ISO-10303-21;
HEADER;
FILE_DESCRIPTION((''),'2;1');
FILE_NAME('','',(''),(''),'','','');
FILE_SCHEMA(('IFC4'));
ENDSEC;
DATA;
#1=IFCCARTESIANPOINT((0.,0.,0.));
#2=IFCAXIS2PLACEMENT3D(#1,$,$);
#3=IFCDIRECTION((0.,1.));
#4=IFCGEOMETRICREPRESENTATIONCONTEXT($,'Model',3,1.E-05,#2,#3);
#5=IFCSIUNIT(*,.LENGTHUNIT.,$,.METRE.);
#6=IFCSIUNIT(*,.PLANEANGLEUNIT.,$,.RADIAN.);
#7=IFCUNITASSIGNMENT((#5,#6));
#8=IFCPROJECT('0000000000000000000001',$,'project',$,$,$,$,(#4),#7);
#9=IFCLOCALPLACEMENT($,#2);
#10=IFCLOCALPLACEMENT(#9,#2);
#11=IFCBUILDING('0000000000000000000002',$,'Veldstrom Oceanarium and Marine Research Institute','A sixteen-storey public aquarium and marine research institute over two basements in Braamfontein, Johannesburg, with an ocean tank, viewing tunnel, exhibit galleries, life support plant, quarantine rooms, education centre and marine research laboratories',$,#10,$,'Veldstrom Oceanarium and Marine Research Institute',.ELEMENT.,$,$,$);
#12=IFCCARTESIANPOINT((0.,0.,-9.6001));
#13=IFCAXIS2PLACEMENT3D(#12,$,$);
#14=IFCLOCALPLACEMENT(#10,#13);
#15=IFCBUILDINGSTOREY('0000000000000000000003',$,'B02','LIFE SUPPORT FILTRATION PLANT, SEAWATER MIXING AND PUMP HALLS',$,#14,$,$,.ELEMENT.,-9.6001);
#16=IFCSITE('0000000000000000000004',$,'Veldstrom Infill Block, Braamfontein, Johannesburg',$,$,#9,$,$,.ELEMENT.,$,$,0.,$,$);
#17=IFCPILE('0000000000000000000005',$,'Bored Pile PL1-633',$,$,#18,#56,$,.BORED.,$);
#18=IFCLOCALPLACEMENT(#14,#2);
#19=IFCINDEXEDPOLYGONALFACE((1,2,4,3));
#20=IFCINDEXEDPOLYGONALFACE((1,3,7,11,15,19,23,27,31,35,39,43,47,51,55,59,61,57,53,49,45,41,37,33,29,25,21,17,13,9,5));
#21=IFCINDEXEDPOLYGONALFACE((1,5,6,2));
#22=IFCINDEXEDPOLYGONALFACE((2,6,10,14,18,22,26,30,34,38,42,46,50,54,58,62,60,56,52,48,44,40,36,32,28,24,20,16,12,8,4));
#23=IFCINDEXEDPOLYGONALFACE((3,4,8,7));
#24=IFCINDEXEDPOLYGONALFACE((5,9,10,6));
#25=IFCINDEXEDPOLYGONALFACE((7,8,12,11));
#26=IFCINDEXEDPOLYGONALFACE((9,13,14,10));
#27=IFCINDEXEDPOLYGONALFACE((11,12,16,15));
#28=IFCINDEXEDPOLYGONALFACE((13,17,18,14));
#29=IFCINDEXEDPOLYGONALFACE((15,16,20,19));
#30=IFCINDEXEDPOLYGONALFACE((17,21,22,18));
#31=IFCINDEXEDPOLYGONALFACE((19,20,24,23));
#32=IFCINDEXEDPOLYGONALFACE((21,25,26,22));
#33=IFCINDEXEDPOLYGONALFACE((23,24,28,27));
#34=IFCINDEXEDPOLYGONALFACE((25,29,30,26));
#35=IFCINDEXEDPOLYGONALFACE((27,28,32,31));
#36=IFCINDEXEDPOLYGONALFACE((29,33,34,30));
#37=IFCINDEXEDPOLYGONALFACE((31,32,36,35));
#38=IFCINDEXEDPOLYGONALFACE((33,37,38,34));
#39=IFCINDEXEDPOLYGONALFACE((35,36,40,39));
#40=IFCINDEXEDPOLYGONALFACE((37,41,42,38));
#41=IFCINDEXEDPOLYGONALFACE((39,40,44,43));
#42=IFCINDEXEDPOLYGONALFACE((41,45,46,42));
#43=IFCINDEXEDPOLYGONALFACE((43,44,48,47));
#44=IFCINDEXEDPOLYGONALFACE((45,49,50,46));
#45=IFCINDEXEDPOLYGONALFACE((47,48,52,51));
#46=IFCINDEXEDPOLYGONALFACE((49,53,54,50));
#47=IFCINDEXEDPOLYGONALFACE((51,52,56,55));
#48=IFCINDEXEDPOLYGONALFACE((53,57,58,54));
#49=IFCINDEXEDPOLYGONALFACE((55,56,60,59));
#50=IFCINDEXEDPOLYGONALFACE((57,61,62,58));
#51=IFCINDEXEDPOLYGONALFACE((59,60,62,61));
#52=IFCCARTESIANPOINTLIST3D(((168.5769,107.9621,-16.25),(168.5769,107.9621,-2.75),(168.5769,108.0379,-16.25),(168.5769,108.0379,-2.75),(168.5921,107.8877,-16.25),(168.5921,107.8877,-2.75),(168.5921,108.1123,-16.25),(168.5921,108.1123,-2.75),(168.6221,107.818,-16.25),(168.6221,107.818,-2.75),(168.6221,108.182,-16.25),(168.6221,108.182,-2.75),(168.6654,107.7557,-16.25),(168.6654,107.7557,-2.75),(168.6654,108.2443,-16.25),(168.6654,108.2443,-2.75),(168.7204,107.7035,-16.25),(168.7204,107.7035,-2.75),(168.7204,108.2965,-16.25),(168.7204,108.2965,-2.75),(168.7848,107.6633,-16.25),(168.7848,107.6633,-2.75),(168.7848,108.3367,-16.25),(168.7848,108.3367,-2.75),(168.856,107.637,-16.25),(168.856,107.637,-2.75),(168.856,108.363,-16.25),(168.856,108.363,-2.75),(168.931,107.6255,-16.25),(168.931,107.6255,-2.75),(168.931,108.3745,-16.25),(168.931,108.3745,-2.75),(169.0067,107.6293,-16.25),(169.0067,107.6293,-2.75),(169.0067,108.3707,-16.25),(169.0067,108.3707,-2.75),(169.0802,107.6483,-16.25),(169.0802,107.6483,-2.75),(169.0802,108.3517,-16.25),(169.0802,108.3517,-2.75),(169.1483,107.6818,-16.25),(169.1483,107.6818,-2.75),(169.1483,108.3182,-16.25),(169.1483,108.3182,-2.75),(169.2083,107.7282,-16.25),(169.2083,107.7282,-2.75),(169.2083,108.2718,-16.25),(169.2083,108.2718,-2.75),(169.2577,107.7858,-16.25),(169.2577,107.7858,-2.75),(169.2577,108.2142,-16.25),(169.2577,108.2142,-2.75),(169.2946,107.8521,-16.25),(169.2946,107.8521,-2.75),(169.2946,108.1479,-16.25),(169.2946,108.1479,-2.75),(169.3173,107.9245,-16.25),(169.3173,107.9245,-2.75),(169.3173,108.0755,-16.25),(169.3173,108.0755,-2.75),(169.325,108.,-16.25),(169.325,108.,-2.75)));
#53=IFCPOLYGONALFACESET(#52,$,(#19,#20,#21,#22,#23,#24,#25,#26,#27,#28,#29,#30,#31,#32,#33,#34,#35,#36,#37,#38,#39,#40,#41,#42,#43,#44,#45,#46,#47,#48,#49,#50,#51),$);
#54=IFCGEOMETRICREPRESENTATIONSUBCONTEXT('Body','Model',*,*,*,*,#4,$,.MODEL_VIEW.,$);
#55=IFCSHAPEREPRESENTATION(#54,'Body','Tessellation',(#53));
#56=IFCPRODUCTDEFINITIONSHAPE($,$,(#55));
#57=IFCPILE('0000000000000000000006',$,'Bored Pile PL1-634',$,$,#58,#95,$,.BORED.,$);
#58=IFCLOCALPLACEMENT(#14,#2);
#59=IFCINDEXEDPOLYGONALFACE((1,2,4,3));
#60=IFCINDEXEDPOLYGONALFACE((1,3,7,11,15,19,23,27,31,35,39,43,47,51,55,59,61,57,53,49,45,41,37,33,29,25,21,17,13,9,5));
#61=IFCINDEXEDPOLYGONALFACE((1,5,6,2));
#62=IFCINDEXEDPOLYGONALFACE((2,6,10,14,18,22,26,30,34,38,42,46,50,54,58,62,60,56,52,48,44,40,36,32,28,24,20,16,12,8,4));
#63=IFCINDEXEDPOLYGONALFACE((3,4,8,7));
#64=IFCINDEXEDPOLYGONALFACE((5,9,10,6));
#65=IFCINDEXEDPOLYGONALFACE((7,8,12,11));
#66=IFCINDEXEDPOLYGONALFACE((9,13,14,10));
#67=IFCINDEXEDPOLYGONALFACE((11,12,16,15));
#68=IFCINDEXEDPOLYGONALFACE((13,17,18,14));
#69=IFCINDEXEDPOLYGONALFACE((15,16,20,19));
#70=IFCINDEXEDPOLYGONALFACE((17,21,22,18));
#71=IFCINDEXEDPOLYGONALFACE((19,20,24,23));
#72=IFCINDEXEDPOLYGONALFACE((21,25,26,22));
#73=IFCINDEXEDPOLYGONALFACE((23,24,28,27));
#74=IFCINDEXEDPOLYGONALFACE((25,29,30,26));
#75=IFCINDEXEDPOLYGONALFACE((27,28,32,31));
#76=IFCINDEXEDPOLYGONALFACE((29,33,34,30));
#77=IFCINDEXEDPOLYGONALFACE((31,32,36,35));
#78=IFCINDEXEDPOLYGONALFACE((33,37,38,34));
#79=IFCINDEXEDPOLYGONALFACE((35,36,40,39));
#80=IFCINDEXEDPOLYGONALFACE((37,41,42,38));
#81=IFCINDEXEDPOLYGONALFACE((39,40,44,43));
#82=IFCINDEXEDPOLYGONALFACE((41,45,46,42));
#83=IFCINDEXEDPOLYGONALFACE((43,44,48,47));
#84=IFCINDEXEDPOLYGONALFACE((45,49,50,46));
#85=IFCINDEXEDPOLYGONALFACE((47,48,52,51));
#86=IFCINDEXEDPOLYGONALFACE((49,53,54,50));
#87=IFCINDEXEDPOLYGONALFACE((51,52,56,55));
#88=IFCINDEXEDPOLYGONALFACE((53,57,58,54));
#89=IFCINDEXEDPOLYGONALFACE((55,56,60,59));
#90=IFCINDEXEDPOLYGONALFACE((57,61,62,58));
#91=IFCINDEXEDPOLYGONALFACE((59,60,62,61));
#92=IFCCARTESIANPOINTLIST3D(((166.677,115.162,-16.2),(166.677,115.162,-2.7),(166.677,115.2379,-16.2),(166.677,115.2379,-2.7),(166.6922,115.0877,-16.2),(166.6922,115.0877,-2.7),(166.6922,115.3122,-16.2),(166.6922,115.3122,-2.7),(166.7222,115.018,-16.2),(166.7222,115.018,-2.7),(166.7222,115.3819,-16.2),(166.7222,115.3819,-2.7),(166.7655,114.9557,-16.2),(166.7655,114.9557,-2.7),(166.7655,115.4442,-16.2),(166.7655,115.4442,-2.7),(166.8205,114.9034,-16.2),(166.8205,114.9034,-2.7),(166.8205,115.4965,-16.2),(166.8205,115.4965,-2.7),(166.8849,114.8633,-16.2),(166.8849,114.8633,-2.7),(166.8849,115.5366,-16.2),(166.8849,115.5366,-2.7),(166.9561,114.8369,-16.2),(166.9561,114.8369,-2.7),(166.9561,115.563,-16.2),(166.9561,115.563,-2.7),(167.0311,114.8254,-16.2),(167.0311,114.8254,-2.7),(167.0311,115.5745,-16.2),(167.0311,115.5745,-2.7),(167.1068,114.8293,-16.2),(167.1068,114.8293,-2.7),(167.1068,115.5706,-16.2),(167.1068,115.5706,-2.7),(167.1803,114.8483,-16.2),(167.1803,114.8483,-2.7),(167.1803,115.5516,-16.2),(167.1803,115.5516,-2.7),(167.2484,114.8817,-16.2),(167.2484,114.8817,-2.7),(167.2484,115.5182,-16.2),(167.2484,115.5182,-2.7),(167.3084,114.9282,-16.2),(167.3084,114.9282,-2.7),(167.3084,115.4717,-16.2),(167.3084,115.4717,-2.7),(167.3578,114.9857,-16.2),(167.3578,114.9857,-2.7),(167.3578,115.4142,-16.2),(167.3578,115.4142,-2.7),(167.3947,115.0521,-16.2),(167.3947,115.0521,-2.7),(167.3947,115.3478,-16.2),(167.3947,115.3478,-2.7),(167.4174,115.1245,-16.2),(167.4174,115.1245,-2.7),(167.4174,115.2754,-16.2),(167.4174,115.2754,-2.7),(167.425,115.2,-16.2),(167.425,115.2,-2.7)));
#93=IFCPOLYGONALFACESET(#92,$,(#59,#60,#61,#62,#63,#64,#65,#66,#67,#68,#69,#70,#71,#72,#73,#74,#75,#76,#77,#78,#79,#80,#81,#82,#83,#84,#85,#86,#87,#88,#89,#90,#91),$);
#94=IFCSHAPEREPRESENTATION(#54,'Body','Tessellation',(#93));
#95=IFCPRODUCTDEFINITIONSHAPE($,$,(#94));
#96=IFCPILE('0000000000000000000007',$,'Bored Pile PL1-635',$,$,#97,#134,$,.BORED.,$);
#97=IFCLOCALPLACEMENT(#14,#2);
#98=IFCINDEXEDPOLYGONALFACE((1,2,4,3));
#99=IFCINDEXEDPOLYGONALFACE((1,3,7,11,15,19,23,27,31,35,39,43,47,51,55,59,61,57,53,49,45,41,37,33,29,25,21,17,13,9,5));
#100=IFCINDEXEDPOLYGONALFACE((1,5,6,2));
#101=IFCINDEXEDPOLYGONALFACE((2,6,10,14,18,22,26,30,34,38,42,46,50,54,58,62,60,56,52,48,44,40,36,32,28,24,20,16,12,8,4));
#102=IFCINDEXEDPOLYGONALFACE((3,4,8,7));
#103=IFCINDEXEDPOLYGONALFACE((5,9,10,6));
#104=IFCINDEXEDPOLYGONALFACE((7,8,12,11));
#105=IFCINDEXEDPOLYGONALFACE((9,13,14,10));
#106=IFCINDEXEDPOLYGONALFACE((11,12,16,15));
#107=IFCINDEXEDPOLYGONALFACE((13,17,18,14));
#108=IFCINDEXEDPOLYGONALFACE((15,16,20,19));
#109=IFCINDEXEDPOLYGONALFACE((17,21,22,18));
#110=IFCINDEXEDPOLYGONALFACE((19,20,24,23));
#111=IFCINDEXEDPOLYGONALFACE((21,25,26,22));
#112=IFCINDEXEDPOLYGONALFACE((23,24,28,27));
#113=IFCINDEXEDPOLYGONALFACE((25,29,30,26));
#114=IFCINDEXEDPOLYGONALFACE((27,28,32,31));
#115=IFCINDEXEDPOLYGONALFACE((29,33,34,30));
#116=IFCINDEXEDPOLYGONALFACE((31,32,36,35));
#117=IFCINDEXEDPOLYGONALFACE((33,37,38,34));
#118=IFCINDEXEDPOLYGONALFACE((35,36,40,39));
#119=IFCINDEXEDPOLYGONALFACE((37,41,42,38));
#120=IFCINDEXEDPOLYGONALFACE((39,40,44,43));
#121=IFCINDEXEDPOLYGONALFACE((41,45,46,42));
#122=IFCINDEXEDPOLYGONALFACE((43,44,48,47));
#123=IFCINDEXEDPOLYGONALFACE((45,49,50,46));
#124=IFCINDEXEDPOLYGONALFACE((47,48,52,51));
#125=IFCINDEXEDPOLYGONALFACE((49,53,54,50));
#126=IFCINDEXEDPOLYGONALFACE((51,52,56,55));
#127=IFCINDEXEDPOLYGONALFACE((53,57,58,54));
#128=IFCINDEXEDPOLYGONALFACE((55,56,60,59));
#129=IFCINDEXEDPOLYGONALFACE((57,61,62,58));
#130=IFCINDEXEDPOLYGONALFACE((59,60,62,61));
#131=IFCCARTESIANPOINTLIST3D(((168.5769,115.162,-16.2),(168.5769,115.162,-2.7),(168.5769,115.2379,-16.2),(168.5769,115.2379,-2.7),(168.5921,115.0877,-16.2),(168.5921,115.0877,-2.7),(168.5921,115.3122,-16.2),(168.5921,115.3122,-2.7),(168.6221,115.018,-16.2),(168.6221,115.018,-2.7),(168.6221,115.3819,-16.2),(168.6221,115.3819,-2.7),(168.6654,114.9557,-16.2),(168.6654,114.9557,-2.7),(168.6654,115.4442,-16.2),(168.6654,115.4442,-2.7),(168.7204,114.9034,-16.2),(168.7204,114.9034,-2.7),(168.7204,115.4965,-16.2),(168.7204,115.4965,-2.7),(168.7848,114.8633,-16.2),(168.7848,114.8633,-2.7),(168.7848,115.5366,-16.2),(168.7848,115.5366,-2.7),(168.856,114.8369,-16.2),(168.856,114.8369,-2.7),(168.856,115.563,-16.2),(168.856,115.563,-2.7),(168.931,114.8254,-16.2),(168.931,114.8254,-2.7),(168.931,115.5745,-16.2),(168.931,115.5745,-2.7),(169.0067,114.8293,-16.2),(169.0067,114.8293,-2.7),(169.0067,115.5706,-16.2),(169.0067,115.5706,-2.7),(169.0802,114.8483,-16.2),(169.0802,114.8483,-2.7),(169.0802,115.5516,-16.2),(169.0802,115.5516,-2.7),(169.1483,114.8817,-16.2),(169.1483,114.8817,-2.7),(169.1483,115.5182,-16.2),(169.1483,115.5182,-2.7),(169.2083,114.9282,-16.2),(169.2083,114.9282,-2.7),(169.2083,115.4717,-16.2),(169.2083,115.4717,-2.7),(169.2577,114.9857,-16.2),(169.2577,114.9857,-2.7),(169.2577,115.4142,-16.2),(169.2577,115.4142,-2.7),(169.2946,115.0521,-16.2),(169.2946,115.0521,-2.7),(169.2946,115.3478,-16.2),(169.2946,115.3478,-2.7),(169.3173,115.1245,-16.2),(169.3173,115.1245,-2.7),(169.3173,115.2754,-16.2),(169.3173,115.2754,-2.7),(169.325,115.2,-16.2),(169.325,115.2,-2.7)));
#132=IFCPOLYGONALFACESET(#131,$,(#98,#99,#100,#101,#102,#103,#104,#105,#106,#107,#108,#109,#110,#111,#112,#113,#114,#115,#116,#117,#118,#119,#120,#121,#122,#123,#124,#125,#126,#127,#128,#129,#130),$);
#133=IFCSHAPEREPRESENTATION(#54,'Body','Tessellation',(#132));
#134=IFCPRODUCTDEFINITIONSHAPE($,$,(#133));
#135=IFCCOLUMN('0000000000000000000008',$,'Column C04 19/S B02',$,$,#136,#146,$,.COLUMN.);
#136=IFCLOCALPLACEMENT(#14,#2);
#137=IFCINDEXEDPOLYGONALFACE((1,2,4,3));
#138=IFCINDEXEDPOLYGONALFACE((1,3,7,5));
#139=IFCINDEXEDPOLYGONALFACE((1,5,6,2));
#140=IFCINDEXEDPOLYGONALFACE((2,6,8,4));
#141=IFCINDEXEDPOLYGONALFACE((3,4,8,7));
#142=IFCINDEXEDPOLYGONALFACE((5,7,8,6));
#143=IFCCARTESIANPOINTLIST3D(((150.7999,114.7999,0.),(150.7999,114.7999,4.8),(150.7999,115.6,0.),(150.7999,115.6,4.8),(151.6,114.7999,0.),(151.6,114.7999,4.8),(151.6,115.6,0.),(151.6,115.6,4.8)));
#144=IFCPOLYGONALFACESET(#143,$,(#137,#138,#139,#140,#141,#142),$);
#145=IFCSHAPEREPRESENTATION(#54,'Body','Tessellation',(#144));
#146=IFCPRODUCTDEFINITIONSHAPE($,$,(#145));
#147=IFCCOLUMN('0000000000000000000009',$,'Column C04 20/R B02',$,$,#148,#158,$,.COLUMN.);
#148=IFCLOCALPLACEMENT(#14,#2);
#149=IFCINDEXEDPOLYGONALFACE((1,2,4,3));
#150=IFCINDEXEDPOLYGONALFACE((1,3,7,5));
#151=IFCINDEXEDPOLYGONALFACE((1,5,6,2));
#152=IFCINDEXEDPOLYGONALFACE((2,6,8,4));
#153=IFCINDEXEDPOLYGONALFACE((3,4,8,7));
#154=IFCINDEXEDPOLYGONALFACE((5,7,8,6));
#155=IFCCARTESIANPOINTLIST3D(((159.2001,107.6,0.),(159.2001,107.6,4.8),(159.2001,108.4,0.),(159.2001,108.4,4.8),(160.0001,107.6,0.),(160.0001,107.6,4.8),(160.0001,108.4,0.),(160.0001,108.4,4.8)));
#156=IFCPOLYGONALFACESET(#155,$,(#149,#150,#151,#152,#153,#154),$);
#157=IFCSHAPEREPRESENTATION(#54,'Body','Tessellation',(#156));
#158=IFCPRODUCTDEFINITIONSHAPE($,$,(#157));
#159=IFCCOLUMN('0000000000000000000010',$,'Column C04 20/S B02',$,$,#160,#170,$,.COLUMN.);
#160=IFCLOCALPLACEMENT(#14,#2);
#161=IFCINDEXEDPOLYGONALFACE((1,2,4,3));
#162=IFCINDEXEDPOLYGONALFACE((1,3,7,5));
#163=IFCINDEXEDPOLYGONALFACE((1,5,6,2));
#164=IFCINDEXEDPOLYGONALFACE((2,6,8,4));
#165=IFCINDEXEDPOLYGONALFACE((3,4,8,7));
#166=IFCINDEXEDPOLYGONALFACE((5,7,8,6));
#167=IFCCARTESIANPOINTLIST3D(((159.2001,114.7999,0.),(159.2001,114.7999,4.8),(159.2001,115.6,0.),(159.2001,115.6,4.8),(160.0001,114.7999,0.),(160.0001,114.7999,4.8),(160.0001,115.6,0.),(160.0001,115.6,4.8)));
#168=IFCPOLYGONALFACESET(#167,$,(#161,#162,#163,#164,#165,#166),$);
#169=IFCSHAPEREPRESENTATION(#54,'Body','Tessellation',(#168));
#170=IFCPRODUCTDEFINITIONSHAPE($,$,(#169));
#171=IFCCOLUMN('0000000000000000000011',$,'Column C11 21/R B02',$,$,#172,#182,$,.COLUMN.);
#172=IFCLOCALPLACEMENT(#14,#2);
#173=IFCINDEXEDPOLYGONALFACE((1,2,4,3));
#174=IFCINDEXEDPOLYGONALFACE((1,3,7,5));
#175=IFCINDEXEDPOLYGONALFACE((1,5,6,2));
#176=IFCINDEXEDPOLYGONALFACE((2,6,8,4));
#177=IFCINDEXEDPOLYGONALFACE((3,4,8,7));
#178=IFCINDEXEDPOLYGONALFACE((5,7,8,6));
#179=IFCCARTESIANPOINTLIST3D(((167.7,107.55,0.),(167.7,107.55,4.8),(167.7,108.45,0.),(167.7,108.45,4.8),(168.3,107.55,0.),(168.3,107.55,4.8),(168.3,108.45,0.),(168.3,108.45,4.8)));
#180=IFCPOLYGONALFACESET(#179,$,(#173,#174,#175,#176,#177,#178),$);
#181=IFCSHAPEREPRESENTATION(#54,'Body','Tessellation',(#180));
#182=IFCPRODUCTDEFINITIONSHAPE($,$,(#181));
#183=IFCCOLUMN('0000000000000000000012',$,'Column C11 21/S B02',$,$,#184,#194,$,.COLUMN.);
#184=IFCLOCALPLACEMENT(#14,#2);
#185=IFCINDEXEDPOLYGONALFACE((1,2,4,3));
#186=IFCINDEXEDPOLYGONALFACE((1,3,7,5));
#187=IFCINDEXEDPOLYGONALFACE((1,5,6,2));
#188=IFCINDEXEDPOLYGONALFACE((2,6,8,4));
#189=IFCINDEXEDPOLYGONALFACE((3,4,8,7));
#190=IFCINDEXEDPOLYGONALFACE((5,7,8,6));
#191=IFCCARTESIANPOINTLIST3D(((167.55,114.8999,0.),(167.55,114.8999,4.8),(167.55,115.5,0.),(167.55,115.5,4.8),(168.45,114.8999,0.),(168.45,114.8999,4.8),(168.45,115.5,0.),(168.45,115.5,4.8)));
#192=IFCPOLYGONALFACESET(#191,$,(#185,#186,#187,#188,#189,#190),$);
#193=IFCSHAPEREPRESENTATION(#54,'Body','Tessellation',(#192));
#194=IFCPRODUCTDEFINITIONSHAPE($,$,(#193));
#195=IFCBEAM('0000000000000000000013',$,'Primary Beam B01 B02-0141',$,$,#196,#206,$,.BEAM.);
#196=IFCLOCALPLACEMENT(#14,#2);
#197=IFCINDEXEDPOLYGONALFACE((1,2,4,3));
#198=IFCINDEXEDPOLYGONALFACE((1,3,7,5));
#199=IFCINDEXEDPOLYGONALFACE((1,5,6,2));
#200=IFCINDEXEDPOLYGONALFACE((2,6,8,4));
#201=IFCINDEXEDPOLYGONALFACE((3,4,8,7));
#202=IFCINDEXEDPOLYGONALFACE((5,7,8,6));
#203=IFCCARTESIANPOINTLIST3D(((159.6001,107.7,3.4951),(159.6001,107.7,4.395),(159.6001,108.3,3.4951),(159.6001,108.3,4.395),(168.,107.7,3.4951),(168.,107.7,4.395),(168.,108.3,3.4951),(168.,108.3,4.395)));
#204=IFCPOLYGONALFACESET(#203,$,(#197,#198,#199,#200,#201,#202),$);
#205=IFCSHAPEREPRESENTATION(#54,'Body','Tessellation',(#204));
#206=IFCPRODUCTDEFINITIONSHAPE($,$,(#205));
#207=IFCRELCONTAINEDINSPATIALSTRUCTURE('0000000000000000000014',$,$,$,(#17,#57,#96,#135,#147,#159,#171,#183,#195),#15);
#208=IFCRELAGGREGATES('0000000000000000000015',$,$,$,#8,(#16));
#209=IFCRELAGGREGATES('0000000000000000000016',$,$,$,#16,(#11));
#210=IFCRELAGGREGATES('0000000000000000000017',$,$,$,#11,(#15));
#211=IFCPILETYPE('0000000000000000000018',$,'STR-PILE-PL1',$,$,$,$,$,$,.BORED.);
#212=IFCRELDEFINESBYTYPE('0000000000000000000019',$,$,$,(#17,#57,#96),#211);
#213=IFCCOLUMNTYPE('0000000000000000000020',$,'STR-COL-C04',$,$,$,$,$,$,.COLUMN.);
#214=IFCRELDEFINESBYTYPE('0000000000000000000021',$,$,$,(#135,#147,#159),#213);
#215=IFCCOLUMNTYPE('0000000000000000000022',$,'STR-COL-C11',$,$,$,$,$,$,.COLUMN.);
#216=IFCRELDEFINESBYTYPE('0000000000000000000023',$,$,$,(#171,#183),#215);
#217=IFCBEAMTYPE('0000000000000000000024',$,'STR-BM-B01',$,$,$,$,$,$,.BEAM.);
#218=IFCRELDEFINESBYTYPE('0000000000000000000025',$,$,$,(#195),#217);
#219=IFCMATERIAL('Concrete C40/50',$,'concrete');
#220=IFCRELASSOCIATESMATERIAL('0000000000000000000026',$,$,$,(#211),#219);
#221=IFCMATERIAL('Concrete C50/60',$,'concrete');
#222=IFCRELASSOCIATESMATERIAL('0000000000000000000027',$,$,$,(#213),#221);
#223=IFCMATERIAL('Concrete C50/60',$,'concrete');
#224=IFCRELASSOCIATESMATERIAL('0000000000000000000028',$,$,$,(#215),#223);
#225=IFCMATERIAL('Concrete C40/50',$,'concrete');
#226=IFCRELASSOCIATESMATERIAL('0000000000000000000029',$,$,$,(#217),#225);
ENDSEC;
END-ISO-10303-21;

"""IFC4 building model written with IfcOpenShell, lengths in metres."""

from ifc_helpers import new_model, si_unit, direction, frame, origin, origin_2d, place, context, subcontext, project, spatial, rectangle, circle, extrude, material, material_profile, profile_set, type_object, element, save


model = new_model("IFC4")

# Units and contexts
model_context = context("Model", 3, precision=1e-05, world=origin(), true_north=direction((0.0, 1.0)))
body_context = subcontext(model_context, "Body", "Model", "MODEL_VIEW")
ifc_project = project(units=[si_unit("LENGTHUNIT", "METRE"), si_unit("PLANEANGLEUNIT", "RADIAN")], contexts=[model_context])

# Site, building, storey
site_placement = place(None, origin())
site = spatial("IfcSite", under=ifc_project, at=site_placement, Name="Veldstrom Infill Block, Braamfontein, Johannesburg", CompositionType="ELEMENT", RefElevation=0.0)
building_placement = place(site_placement, origin())
building = spatial("IfcBuilding", under=site, at=building_placement, Name="Veldstrom Oceanarium and Marine Research Institute", Description="A sixteen-storey public aquarium and marine research institute over two basements in Braamfontein, Johannesburg, with an ocean tank, viewing tunnel, exhibit galleries, life support plant, quarantine rooms, education centre and marine research laboratories", LongName="Veldstrom Oceanarium and Marine Research Institute", CompositionType="ELEMENT")
storey_placement = place(building_placement, frame((0.0, 0.0, -9.6001)))
storey = spatial("IfcBuildingStorey", under=building, at=storey_placement, Name="B02", Description="LIFE SUPPORT FILTRATION PLANT, SEAWATER MIXING AND PUMP HALLS", CompositionType="ELEMENT", Elevation=-9.6001)

# Piles
ifc_material_1 = material(Name="Concrete C40/50", Category="concrete")
ifc_material_profile_1 = material_profile(ifc_material_1, circle(Radius=0.375, at=origin_2d()), Name="PILE-D750")
ifc_profile_set_1 = profile_set([ifc_material_profile_1], Name="Concrete C40/50")
pile_type = type_object("IfcPileType", Name="STR-PILE-PL1", PredefinedType="BORED", material=ifc_profile_set_1)
for number, where, z_axis, x_axis, name in (
    (1, (168.95, 108.0, -2.75), (0.0, 0.0, -1.0), (1.0, 0.0, 0.0), "Bored Pile PL1-633"),
    (2, (167.05, 115.2, -2.7), (0.0, 0.0, -1.0), (1.0, 0.0, 0.0), "Bored Pile PL1-634"),
    (3, (168.95, 115.2, -2.7), (0.0, 0.0, -1.0), (1.0, 0.0, 0.0), "Bored Pile PL1-635"),
):
    element("IfcPile", number, at=place(storey_placement, frame(where, z_axis=z_axis, x_axis=x_axis)), inside=storey, type_object=pile_type, Name=name, PredefinedType="BORED", context=body_context, shape_type="SweptSolid", body=[
        extrude(circle(Radius=0.375, at=origin_2d()), origin(), (0.0, 0.0, 1.0), 13.5),
    ])

# Columns
ifc_material_2 = material(Name="Concrete C50/60", Category="concrete")
ifc_material_profile_2 = material_profile(ifc_material_2, rectangle(XDim=0.8, YDim=0.8, at=origin_2d()), Name="RC-COL-800x800")
ifc_profile_set_2 = profile_set([ifc_material_profile_2], Name="Concrete C50/60")
column_type_1 = type_object("IfcColumnType", Name="STR-COL-C04", PredefinedType="COLUMN", material=ifc_profile_set_2)
for number, where, z_axis, x_axis, name in (
    (4, (151.2, 115.2, 0.0), (0.0, 0.0, 1.0), (1.0, 0.0, 0.0), "Column C04 19/S B02"),
    (5, (159.6001, 108.0, 0.0), (0.0, 0.0, 1.0), (1.0, 0.0, 0.0), "Column C04 20/R B02"),
    (6, (159.6001, 115.2, 0.0), (0.0, 0.0, 1.0), (1.0, 0.0, 0.0), "Column C04 20/S B02"),
):
    element("IfcColumn", number, at=place(storey_placement, frame(where, z_axis=z_axis, x_axis=x_axis)), inside=storey, type_object=column_type_1, Name=name, PredefinedType="COLUMN", context=body_context, shape_type="SweptSolid", body=[
        extrude(rectangle(XDim=0.8, YDim=0.8, at=origin_2d()), origin(), (0.0, 0.0, 1.0), 4.8),
    ])
ifc_material_3 = material(Name="Concrete C50/60", Category="concrete")
ifc_material_profile_3 = material_profile(ifc_material_3, rectangle(XDim=0.6001, YDim=0.8999, at=origin_2d()), Name="RC-COL-900x600")
ifc_profile_set_3 = profile_set([ifc_material_profile_3], Name="Concrete C50/60")
column_type_2 = type_object("IfcColumnType", Name="STR-COL-C11", PredefinedType="COLUMN", material=ifc_profile_set_3)
for number, where, z_axis, x_axis, name in (
    (7, (168.0, 108.0, 0.0), (0.0, 0.0, 1.0), (1.0, 0.0, 0.0), "Column C11 21/R B02"),
    (8, (168.0, 115.2, 0.0), (0.0, 0.0, 1.0), (0.0, 1.0, 0.0), "Column C11 21/S B02"),
):
    element("IfcColumn", number, at=place(storey_placement, frame(where, z_axis=z_axis, x_axis=x_axis)), inside=storey, type_object=column_type_2, Name=name, PredefinedType="COLUMN", context=body_context, shape_type="SweptSolid", body=[
        extrude(rectangle(XDim=0.6001, YDim=0.8999, at=origin_2d()), origin(), (0.0, 0.0, 1.0), 4.8),
    ])

# Beam
ifc_material_4 = material(Name="Concrete C40/50", Category="concrete")
ifc_material_profile_4 = material_profile(ifc_material_4, rectangle(XDim=0.6001, YDim=0.8999, at=origin_2d()), Name="RC-BM-600x900")
ifc_profile_set_4 = profile_set([ifc_material_profile_4], Name="Concrete C40/50")
beam_type_1 = type_object("IfcBeamType", Name="STR-BM-B01", PredefinedType="BEAM", material=ifc_profile_set_4)
beam_1_placement = place(storey_placement, frame((159.6001, 108.0, 3.9451), z_axis=(1.0, 0.0, 0.0), x_axis=(0.0, 1.0, 0.0)))
element("IfcBeam", 9, at=beam_1_placement, inside=storey, type_object=beam_type_1, Name="Primary Beam B01 B02-0141", PredefinedType="BEAM", context=body_context, shape_type="SweptSolid", body=[
    extrude(rectangle(XDim=0.6001, YDim=0.8999, at=origin_2d()), origin(), (0.0, 0.0, 1.0), 8.3999),
])

save(model, "model.ifc")
